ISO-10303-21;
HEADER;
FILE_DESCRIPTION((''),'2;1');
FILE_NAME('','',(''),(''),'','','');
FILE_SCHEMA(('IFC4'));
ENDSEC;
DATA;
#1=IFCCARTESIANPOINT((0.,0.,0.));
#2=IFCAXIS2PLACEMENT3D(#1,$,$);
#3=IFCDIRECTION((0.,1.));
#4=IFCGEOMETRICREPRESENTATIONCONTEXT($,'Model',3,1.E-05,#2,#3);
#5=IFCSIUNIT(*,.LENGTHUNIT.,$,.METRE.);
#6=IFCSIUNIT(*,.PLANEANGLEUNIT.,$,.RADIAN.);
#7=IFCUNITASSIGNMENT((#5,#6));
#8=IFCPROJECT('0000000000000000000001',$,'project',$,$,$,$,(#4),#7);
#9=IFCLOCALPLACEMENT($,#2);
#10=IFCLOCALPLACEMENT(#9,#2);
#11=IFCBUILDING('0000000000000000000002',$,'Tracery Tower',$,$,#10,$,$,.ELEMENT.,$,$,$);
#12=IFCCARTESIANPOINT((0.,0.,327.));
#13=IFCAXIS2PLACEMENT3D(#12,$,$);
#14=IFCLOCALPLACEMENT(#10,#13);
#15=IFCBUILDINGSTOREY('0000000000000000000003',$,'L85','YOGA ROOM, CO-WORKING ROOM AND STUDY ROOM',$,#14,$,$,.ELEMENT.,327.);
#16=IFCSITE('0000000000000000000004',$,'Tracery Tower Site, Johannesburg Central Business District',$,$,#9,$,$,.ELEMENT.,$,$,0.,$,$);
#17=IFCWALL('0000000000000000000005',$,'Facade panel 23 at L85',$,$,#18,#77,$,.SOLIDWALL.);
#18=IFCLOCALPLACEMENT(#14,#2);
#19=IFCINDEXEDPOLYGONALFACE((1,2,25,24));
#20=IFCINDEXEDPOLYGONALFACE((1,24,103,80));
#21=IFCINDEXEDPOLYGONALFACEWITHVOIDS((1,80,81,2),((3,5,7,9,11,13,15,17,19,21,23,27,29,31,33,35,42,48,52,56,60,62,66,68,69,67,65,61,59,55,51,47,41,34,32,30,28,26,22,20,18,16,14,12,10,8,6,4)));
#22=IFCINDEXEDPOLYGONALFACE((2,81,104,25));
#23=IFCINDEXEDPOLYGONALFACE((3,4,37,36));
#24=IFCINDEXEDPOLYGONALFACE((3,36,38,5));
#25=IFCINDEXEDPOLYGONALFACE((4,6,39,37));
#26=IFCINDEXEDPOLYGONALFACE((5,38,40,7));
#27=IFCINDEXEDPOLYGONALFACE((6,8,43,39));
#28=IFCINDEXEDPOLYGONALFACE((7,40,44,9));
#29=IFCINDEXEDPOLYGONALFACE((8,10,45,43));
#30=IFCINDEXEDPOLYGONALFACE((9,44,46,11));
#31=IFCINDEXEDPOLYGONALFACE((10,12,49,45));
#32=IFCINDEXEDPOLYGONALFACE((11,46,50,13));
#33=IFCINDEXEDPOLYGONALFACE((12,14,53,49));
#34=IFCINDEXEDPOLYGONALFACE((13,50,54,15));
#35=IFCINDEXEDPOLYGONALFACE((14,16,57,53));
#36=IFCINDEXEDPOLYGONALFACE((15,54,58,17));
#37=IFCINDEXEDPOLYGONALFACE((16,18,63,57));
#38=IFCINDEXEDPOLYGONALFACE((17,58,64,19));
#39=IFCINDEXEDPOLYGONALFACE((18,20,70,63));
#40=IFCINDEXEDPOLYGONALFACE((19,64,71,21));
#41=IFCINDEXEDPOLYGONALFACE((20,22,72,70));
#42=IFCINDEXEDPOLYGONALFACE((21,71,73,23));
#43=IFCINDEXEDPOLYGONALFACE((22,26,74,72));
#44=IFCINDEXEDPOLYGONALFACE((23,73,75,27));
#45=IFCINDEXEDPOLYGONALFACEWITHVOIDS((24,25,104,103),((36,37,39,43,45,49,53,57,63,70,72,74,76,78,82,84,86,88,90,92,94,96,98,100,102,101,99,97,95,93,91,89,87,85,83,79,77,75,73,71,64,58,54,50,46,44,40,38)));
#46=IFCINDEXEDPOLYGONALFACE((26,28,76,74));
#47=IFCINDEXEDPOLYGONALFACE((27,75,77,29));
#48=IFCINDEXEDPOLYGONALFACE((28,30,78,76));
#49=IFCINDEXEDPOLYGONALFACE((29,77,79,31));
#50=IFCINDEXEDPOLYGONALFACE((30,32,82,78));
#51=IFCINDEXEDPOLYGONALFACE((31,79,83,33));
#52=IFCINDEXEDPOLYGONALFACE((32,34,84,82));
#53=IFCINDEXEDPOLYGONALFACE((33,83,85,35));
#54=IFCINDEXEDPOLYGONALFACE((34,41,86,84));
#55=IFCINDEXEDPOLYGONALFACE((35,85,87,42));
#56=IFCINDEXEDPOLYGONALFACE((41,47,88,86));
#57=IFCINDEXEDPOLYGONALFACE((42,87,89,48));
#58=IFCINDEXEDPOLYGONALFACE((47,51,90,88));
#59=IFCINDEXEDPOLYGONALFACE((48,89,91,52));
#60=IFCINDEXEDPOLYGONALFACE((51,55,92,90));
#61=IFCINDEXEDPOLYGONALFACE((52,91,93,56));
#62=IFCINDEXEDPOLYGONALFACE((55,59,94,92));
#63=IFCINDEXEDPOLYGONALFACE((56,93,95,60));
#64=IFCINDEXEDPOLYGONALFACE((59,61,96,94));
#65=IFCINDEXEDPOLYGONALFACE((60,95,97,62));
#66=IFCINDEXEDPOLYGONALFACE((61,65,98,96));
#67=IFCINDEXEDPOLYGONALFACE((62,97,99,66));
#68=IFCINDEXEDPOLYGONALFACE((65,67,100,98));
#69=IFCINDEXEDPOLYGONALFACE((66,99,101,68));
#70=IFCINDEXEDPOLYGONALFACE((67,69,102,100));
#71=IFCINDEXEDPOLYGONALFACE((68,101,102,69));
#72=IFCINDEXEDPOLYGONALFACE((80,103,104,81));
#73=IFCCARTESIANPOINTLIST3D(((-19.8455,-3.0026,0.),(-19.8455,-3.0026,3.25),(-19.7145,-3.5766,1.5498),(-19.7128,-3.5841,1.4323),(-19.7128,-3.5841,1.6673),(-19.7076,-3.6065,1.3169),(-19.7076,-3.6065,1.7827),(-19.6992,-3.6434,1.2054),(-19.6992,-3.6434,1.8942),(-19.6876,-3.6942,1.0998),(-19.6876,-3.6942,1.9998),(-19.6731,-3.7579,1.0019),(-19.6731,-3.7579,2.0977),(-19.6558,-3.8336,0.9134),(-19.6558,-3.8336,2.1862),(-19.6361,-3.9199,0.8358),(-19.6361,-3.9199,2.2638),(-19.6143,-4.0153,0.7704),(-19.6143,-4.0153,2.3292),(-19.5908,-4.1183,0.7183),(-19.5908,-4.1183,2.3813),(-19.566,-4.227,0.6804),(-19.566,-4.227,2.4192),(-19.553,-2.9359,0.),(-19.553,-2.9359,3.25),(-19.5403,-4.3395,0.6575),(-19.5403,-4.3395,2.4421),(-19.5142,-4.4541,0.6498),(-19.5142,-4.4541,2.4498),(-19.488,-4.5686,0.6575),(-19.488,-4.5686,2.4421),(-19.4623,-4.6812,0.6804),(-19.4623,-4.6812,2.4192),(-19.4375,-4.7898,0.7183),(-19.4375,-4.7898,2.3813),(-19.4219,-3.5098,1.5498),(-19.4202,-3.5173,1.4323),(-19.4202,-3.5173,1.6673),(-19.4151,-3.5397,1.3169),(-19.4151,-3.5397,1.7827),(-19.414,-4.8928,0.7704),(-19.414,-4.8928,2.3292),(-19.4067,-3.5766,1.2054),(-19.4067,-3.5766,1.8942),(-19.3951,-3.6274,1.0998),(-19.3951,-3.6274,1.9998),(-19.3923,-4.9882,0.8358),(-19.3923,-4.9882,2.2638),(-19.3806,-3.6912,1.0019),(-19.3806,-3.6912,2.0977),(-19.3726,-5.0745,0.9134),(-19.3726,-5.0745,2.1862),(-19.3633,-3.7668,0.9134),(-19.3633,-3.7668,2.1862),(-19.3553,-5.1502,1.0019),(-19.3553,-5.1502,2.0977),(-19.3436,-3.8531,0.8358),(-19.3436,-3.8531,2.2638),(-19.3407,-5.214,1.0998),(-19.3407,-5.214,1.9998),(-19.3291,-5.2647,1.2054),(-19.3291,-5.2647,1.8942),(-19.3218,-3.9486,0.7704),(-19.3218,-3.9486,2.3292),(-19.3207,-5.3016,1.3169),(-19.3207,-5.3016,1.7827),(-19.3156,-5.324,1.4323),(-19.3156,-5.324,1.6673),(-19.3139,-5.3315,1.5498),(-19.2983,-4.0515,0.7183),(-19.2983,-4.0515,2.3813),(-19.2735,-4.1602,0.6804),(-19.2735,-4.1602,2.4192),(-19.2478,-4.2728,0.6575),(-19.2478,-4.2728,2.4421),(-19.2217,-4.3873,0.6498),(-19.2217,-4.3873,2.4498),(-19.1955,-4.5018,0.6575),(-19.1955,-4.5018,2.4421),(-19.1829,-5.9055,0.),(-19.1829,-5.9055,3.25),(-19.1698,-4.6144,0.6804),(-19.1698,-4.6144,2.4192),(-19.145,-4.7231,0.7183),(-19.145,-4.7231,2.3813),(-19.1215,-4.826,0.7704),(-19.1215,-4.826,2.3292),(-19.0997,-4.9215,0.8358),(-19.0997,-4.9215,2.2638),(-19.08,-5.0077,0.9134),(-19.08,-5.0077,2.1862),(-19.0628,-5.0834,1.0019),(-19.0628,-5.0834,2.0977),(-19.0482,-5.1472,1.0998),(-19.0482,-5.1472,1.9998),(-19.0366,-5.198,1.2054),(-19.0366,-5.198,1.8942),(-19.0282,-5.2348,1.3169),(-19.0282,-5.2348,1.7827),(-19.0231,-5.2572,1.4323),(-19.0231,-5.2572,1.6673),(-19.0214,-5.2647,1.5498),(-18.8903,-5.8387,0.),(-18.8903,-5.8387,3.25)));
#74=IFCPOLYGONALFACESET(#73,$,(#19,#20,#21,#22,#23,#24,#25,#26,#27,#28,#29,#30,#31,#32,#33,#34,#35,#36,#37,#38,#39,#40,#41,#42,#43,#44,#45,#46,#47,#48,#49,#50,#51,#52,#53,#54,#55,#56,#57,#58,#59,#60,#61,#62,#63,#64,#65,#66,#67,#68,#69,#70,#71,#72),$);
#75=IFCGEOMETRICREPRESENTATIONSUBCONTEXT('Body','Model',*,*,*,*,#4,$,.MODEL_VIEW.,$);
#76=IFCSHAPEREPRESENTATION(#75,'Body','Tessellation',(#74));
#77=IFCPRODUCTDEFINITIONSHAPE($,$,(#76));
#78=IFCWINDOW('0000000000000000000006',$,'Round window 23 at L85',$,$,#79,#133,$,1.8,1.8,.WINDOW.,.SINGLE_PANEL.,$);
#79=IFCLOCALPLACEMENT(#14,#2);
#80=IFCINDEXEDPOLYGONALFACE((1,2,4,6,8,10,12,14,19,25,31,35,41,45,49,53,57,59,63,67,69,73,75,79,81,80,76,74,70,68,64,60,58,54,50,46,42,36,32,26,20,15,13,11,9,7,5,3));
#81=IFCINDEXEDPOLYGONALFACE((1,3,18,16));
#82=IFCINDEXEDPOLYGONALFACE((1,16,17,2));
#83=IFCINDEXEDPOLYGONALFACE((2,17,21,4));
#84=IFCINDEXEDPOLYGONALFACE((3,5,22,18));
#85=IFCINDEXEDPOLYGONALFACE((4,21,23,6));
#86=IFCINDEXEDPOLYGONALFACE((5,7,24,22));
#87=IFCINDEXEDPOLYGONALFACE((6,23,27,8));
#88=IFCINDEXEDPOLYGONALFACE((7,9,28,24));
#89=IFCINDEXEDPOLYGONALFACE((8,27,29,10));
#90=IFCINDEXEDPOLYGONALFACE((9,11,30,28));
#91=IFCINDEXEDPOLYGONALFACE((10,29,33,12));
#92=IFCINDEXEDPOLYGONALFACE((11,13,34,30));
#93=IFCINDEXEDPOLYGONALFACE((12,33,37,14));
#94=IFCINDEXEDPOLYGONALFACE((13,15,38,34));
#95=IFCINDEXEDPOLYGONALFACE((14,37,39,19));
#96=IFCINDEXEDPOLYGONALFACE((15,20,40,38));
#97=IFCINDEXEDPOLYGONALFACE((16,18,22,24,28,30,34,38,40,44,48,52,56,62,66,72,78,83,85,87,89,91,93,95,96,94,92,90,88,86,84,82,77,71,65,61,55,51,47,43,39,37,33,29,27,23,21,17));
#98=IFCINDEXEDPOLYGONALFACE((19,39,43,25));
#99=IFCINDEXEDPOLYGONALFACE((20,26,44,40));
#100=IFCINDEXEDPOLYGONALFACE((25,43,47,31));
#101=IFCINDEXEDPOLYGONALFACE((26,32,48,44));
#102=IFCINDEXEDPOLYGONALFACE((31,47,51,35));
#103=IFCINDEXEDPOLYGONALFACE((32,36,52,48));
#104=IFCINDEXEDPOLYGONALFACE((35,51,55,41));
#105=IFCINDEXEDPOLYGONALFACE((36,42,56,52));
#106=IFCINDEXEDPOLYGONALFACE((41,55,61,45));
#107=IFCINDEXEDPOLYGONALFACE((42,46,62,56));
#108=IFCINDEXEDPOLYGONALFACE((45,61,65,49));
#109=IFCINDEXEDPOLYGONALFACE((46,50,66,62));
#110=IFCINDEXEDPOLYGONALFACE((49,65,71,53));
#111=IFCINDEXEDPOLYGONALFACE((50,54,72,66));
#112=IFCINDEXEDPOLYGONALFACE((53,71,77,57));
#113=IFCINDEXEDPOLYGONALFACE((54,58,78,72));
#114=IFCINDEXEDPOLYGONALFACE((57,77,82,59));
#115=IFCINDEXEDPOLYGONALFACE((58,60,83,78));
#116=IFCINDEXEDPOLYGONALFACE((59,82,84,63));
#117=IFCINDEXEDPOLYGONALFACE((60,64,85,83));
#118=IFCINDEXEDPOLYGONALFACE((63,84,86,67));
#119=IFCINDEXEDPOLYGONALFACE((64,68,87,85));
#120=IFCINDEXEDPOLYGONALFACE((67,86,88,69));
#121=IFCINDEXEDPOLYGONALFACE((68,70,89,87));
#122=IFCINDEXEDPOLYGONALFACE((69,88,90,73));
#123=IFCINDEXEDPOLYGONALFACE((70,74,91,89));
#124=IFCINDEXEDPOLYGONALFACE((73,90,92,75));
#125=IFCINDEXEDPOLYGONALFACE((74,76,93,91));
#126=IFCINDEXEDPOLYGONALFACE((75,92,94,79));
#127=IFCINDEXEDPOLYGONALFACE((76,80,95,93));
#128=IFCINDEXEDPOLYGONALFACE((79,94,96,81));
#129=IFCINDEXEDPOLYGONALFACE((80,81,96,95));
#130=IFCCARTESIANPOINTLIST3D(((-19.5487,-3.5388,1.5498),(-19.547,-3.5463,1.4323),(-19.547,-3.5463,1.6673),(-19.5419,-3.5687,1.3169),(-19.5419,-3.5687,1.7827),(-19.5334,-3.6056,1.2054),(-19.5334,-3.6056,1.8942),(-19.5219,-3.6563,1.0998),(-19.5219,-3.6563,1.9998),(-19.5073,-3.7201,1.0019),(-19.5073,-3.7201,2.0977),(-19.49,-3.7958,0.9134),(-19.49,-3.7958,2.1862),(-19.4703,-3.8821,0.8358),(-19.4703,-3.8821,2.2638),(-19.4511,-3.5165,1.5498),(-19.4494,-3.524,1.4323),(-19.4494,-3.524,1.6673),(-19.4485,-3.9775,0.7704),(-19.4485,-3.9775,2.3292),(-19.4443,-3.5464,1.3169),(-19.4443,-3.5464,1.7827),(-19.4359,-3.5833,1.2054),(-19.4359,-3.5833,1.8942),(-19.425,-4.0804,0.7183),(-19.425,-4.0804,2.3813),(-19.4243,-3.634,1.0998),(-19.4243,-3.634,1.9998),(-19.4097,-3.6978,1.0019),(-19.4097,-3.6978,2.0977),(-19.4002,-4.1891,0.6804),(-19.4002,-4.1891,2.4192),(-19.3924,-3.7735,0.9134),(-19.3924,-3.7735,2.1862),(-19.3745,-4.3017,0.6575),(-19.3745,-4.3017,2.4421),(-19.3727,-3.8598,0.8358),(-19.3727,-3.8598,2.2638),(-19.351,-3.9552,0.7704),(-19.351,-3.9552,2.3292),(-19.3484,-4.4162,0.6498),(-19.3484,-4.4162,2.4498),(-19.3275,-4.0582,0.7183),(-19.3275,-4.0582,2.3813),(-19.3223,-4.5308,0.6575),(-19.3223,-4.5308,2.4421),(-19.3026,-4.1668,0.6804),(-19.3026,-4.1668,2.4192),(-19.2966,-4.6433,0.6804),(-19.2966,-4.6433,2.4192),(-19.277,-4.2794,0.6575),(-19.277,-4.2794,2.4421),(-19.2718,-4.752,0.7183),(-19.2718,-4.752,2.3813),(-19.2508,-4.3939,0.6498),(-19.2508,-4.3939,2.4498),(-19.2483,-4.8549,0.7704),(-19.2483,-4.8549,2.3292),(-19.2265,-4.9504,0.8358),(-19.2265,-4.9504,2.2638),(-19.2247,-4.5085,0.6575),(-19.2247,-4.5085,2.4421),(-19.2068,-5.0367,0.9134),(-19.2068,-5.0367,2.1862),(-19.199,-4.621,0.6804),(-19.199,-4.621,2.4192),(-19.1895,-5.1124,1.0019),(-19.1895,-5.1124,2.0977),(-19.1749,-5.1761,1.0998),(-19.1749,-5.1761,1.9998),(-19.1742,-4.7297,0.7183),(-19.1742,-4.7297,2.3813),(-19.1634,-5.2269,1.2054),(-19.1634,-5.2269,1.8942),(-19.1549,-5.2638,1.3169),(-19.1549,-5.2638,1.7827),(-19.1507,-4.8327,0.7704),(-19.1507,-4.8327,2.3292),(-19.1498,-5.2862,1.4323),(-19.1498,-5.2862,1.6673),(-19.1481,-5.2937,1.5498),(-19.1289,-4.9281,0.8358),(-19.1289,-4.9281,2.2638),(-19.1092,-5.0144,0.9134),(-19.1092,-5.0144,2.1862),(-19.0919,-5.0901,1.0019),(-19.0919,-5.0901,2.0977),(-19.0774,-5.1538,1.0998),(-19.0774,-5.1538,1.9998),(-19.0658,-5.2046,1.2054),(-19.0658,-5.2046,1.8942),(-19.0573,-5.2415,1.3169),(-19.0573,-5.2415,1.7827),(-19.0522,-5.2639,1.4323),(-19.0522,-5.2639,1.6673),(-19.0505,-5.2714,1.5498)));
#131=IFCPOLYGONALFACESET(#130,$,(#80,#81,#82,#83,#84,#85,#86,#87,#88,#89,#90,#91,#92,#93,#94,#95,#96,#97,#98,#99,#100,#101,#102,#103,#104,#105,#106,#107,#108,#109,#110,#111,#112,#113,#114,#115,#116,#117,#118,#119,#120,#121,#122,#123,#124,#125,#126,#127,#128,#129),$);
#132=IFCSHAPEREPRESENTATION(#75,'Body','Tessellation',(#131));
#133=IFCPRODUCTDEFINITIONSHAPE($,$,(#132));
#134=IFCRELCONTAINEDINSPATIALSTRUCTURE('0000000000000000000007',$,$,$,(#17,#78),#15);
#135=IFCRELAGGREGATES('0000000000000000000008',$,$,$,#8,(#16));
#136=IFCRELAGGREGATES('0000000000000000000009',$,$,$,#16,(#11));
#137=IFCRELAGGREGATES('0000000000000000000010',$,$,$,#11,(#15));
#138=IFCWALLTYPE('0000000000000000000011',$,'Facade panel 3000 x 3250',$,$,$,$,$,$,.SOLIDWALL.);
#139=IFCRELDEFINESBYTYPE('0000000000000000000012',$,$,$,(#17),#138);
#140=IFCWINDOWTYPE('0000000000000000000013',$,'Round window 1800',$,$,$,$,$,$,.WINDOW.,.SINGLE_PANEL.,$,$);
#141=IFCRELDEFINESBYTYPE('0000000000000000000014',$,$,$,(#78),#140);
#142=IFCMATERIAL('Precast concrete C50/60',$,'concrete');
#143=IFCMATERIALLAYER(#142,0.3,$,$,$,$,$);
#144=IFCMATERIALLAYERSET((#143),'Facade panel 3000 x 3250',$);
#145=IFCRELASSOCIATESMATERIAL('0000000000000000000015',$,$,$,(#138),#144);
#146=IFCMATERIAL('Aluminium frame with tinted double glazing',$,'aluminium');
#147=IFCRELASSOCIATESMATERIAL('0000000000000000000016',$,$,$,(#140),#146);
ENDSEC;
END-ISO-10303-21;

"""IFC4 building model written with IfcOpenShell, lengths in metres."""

from ifc_helpers import new_model, si_unit, direction, frame, frame_2d, origin, origin_2d, place, context, subcontext, project, spatial, rectangle, circle, extrude, material, layer, layer_set, type_object, element, fill, save


model = new_model("IFC4")

# Units and contexts
model_context = context("Model", 3, precision=1e-05, world=origin(), true_north=direction((0.0, 1.0)))
body_context = subcontext(model_context, "Body", "Model", "MODEL_VIEW")
ifc_project = project(units=[si_unit("LENGTHUNIT", "METRE"), si_unit("PLANEANGLEUNIT", "RADIAN")], contexts=[model_context])

# Site, building, storey
site_placement = place(None, origin())
site = spatial("IfcSite", under=ifc_project, at=site_placement, Name="Tracery Tower Site, Johannesburg Central Business District", CompositionType="ELEMENT", RefElevation=0.0)
building_placement = place(site_placement, origin())
building = spatial("IfcBuilding", under=site, at=building_placement, Name="Tracery Tower", CompositionType="ELEMENT")
storey_placement = place(building_placement, frame((0.0, 0.0, 327.0)))
storey = spatial("IfcBuildingStorey", under=building, at=storey_placement, Name="L85", Description="YOGA ROOM, CO-WORKING ROOM AND STUDY ROOM", CompositionType="ELEMENT", Elevation=327.0)

# Wall, opening, window
ifc_material_1 = material(Name="Precast concrete C50/60", Category="concrete")
ifc_layer_1 = layer(ifc_material_1, 0.3)
ifc_layer_set_1 = layer_set([ifc_layer_1], Name="Facade panel 3000 x 3250")
wall_type_1 = type_object("IfcWallType", Name="Facade panel 3000 x 3250", PredefinedType="SOLIDWALL", material=ifc_layer_set_1)
wall_1_placement = place(storey_placement, frame((-19.6992, -2.9692, 0.0), z_axis=(0.0, 0.0, 1.0), x_axis=(0.222535, -0.974925, 0.0)))
wall_1 = element("IfcWall", 1, at=wall_1_placement, inside=storey, type_object=wall_type_1, Name="Facade panel 23 at L85", PredefinedType="SOLIDWALL", context=body_context, shape_type="SweptSolid", body=[
    extrude(rectangle(XDim=2.9775, YDim=0.3, at=frame_2d((1.4888, 0.0))), origin(), (0.0, 0.0, 1.0), 3.25),
])
opening_1_placement = place(wall_1_placement, frame((1.4888, 0.0, 1.5498)))
opening_1 = element("IfcOpeningElement", 2, at=opening_1_placement, cuts=wall_1, PredefinedType="OPENING", context=body_context, shape_type="SweptSolid", body=[
    extrude(circle(Radius=0.9, at=origin_2d()), frame((0.0, 0.1599, 0.0), z_axis=(0.0, -1.0, 0.0), x_axis=(1.0, 0.0, 0.0)), (0.0, 0.0, 1.0), 0.3201),
])
ifc_material_2 = material(Name="Aluminium frame with tinted double glazing", Category="aluminium")
window_type = type_object("IfcWindowType", Name="Round window 1800", PartitioningType="SINGLE_PANEL", PredefinedType="WINDOW", material=ifc_material_2)
window_1_placement = place(opening_1_placement, origin())
window_1 = element("IfcWindow", 3, at=window_1_placement, inside=storey, type_object=window_type, Name="Round window 23 at L85", OverallHeight=1.8, OverallWidth=1.8, PartitioningType="SINGLE_PANEL", PredefinedType="WINDOW", context=body_context, shape_type="SweptSolid", body=[
    extrude(circle(Radius=0.9, at=origin_2d()), frame((0.0, 0.1201, 0.0), z_axis=(0.0, -1.0, 0.0), x_axis=(1.0, 0.0, 0.0)), (0.0, 0.0, 1.0), 0.1001),
])
fill(opening_1, window_1)

save(model, "model.ifc")
